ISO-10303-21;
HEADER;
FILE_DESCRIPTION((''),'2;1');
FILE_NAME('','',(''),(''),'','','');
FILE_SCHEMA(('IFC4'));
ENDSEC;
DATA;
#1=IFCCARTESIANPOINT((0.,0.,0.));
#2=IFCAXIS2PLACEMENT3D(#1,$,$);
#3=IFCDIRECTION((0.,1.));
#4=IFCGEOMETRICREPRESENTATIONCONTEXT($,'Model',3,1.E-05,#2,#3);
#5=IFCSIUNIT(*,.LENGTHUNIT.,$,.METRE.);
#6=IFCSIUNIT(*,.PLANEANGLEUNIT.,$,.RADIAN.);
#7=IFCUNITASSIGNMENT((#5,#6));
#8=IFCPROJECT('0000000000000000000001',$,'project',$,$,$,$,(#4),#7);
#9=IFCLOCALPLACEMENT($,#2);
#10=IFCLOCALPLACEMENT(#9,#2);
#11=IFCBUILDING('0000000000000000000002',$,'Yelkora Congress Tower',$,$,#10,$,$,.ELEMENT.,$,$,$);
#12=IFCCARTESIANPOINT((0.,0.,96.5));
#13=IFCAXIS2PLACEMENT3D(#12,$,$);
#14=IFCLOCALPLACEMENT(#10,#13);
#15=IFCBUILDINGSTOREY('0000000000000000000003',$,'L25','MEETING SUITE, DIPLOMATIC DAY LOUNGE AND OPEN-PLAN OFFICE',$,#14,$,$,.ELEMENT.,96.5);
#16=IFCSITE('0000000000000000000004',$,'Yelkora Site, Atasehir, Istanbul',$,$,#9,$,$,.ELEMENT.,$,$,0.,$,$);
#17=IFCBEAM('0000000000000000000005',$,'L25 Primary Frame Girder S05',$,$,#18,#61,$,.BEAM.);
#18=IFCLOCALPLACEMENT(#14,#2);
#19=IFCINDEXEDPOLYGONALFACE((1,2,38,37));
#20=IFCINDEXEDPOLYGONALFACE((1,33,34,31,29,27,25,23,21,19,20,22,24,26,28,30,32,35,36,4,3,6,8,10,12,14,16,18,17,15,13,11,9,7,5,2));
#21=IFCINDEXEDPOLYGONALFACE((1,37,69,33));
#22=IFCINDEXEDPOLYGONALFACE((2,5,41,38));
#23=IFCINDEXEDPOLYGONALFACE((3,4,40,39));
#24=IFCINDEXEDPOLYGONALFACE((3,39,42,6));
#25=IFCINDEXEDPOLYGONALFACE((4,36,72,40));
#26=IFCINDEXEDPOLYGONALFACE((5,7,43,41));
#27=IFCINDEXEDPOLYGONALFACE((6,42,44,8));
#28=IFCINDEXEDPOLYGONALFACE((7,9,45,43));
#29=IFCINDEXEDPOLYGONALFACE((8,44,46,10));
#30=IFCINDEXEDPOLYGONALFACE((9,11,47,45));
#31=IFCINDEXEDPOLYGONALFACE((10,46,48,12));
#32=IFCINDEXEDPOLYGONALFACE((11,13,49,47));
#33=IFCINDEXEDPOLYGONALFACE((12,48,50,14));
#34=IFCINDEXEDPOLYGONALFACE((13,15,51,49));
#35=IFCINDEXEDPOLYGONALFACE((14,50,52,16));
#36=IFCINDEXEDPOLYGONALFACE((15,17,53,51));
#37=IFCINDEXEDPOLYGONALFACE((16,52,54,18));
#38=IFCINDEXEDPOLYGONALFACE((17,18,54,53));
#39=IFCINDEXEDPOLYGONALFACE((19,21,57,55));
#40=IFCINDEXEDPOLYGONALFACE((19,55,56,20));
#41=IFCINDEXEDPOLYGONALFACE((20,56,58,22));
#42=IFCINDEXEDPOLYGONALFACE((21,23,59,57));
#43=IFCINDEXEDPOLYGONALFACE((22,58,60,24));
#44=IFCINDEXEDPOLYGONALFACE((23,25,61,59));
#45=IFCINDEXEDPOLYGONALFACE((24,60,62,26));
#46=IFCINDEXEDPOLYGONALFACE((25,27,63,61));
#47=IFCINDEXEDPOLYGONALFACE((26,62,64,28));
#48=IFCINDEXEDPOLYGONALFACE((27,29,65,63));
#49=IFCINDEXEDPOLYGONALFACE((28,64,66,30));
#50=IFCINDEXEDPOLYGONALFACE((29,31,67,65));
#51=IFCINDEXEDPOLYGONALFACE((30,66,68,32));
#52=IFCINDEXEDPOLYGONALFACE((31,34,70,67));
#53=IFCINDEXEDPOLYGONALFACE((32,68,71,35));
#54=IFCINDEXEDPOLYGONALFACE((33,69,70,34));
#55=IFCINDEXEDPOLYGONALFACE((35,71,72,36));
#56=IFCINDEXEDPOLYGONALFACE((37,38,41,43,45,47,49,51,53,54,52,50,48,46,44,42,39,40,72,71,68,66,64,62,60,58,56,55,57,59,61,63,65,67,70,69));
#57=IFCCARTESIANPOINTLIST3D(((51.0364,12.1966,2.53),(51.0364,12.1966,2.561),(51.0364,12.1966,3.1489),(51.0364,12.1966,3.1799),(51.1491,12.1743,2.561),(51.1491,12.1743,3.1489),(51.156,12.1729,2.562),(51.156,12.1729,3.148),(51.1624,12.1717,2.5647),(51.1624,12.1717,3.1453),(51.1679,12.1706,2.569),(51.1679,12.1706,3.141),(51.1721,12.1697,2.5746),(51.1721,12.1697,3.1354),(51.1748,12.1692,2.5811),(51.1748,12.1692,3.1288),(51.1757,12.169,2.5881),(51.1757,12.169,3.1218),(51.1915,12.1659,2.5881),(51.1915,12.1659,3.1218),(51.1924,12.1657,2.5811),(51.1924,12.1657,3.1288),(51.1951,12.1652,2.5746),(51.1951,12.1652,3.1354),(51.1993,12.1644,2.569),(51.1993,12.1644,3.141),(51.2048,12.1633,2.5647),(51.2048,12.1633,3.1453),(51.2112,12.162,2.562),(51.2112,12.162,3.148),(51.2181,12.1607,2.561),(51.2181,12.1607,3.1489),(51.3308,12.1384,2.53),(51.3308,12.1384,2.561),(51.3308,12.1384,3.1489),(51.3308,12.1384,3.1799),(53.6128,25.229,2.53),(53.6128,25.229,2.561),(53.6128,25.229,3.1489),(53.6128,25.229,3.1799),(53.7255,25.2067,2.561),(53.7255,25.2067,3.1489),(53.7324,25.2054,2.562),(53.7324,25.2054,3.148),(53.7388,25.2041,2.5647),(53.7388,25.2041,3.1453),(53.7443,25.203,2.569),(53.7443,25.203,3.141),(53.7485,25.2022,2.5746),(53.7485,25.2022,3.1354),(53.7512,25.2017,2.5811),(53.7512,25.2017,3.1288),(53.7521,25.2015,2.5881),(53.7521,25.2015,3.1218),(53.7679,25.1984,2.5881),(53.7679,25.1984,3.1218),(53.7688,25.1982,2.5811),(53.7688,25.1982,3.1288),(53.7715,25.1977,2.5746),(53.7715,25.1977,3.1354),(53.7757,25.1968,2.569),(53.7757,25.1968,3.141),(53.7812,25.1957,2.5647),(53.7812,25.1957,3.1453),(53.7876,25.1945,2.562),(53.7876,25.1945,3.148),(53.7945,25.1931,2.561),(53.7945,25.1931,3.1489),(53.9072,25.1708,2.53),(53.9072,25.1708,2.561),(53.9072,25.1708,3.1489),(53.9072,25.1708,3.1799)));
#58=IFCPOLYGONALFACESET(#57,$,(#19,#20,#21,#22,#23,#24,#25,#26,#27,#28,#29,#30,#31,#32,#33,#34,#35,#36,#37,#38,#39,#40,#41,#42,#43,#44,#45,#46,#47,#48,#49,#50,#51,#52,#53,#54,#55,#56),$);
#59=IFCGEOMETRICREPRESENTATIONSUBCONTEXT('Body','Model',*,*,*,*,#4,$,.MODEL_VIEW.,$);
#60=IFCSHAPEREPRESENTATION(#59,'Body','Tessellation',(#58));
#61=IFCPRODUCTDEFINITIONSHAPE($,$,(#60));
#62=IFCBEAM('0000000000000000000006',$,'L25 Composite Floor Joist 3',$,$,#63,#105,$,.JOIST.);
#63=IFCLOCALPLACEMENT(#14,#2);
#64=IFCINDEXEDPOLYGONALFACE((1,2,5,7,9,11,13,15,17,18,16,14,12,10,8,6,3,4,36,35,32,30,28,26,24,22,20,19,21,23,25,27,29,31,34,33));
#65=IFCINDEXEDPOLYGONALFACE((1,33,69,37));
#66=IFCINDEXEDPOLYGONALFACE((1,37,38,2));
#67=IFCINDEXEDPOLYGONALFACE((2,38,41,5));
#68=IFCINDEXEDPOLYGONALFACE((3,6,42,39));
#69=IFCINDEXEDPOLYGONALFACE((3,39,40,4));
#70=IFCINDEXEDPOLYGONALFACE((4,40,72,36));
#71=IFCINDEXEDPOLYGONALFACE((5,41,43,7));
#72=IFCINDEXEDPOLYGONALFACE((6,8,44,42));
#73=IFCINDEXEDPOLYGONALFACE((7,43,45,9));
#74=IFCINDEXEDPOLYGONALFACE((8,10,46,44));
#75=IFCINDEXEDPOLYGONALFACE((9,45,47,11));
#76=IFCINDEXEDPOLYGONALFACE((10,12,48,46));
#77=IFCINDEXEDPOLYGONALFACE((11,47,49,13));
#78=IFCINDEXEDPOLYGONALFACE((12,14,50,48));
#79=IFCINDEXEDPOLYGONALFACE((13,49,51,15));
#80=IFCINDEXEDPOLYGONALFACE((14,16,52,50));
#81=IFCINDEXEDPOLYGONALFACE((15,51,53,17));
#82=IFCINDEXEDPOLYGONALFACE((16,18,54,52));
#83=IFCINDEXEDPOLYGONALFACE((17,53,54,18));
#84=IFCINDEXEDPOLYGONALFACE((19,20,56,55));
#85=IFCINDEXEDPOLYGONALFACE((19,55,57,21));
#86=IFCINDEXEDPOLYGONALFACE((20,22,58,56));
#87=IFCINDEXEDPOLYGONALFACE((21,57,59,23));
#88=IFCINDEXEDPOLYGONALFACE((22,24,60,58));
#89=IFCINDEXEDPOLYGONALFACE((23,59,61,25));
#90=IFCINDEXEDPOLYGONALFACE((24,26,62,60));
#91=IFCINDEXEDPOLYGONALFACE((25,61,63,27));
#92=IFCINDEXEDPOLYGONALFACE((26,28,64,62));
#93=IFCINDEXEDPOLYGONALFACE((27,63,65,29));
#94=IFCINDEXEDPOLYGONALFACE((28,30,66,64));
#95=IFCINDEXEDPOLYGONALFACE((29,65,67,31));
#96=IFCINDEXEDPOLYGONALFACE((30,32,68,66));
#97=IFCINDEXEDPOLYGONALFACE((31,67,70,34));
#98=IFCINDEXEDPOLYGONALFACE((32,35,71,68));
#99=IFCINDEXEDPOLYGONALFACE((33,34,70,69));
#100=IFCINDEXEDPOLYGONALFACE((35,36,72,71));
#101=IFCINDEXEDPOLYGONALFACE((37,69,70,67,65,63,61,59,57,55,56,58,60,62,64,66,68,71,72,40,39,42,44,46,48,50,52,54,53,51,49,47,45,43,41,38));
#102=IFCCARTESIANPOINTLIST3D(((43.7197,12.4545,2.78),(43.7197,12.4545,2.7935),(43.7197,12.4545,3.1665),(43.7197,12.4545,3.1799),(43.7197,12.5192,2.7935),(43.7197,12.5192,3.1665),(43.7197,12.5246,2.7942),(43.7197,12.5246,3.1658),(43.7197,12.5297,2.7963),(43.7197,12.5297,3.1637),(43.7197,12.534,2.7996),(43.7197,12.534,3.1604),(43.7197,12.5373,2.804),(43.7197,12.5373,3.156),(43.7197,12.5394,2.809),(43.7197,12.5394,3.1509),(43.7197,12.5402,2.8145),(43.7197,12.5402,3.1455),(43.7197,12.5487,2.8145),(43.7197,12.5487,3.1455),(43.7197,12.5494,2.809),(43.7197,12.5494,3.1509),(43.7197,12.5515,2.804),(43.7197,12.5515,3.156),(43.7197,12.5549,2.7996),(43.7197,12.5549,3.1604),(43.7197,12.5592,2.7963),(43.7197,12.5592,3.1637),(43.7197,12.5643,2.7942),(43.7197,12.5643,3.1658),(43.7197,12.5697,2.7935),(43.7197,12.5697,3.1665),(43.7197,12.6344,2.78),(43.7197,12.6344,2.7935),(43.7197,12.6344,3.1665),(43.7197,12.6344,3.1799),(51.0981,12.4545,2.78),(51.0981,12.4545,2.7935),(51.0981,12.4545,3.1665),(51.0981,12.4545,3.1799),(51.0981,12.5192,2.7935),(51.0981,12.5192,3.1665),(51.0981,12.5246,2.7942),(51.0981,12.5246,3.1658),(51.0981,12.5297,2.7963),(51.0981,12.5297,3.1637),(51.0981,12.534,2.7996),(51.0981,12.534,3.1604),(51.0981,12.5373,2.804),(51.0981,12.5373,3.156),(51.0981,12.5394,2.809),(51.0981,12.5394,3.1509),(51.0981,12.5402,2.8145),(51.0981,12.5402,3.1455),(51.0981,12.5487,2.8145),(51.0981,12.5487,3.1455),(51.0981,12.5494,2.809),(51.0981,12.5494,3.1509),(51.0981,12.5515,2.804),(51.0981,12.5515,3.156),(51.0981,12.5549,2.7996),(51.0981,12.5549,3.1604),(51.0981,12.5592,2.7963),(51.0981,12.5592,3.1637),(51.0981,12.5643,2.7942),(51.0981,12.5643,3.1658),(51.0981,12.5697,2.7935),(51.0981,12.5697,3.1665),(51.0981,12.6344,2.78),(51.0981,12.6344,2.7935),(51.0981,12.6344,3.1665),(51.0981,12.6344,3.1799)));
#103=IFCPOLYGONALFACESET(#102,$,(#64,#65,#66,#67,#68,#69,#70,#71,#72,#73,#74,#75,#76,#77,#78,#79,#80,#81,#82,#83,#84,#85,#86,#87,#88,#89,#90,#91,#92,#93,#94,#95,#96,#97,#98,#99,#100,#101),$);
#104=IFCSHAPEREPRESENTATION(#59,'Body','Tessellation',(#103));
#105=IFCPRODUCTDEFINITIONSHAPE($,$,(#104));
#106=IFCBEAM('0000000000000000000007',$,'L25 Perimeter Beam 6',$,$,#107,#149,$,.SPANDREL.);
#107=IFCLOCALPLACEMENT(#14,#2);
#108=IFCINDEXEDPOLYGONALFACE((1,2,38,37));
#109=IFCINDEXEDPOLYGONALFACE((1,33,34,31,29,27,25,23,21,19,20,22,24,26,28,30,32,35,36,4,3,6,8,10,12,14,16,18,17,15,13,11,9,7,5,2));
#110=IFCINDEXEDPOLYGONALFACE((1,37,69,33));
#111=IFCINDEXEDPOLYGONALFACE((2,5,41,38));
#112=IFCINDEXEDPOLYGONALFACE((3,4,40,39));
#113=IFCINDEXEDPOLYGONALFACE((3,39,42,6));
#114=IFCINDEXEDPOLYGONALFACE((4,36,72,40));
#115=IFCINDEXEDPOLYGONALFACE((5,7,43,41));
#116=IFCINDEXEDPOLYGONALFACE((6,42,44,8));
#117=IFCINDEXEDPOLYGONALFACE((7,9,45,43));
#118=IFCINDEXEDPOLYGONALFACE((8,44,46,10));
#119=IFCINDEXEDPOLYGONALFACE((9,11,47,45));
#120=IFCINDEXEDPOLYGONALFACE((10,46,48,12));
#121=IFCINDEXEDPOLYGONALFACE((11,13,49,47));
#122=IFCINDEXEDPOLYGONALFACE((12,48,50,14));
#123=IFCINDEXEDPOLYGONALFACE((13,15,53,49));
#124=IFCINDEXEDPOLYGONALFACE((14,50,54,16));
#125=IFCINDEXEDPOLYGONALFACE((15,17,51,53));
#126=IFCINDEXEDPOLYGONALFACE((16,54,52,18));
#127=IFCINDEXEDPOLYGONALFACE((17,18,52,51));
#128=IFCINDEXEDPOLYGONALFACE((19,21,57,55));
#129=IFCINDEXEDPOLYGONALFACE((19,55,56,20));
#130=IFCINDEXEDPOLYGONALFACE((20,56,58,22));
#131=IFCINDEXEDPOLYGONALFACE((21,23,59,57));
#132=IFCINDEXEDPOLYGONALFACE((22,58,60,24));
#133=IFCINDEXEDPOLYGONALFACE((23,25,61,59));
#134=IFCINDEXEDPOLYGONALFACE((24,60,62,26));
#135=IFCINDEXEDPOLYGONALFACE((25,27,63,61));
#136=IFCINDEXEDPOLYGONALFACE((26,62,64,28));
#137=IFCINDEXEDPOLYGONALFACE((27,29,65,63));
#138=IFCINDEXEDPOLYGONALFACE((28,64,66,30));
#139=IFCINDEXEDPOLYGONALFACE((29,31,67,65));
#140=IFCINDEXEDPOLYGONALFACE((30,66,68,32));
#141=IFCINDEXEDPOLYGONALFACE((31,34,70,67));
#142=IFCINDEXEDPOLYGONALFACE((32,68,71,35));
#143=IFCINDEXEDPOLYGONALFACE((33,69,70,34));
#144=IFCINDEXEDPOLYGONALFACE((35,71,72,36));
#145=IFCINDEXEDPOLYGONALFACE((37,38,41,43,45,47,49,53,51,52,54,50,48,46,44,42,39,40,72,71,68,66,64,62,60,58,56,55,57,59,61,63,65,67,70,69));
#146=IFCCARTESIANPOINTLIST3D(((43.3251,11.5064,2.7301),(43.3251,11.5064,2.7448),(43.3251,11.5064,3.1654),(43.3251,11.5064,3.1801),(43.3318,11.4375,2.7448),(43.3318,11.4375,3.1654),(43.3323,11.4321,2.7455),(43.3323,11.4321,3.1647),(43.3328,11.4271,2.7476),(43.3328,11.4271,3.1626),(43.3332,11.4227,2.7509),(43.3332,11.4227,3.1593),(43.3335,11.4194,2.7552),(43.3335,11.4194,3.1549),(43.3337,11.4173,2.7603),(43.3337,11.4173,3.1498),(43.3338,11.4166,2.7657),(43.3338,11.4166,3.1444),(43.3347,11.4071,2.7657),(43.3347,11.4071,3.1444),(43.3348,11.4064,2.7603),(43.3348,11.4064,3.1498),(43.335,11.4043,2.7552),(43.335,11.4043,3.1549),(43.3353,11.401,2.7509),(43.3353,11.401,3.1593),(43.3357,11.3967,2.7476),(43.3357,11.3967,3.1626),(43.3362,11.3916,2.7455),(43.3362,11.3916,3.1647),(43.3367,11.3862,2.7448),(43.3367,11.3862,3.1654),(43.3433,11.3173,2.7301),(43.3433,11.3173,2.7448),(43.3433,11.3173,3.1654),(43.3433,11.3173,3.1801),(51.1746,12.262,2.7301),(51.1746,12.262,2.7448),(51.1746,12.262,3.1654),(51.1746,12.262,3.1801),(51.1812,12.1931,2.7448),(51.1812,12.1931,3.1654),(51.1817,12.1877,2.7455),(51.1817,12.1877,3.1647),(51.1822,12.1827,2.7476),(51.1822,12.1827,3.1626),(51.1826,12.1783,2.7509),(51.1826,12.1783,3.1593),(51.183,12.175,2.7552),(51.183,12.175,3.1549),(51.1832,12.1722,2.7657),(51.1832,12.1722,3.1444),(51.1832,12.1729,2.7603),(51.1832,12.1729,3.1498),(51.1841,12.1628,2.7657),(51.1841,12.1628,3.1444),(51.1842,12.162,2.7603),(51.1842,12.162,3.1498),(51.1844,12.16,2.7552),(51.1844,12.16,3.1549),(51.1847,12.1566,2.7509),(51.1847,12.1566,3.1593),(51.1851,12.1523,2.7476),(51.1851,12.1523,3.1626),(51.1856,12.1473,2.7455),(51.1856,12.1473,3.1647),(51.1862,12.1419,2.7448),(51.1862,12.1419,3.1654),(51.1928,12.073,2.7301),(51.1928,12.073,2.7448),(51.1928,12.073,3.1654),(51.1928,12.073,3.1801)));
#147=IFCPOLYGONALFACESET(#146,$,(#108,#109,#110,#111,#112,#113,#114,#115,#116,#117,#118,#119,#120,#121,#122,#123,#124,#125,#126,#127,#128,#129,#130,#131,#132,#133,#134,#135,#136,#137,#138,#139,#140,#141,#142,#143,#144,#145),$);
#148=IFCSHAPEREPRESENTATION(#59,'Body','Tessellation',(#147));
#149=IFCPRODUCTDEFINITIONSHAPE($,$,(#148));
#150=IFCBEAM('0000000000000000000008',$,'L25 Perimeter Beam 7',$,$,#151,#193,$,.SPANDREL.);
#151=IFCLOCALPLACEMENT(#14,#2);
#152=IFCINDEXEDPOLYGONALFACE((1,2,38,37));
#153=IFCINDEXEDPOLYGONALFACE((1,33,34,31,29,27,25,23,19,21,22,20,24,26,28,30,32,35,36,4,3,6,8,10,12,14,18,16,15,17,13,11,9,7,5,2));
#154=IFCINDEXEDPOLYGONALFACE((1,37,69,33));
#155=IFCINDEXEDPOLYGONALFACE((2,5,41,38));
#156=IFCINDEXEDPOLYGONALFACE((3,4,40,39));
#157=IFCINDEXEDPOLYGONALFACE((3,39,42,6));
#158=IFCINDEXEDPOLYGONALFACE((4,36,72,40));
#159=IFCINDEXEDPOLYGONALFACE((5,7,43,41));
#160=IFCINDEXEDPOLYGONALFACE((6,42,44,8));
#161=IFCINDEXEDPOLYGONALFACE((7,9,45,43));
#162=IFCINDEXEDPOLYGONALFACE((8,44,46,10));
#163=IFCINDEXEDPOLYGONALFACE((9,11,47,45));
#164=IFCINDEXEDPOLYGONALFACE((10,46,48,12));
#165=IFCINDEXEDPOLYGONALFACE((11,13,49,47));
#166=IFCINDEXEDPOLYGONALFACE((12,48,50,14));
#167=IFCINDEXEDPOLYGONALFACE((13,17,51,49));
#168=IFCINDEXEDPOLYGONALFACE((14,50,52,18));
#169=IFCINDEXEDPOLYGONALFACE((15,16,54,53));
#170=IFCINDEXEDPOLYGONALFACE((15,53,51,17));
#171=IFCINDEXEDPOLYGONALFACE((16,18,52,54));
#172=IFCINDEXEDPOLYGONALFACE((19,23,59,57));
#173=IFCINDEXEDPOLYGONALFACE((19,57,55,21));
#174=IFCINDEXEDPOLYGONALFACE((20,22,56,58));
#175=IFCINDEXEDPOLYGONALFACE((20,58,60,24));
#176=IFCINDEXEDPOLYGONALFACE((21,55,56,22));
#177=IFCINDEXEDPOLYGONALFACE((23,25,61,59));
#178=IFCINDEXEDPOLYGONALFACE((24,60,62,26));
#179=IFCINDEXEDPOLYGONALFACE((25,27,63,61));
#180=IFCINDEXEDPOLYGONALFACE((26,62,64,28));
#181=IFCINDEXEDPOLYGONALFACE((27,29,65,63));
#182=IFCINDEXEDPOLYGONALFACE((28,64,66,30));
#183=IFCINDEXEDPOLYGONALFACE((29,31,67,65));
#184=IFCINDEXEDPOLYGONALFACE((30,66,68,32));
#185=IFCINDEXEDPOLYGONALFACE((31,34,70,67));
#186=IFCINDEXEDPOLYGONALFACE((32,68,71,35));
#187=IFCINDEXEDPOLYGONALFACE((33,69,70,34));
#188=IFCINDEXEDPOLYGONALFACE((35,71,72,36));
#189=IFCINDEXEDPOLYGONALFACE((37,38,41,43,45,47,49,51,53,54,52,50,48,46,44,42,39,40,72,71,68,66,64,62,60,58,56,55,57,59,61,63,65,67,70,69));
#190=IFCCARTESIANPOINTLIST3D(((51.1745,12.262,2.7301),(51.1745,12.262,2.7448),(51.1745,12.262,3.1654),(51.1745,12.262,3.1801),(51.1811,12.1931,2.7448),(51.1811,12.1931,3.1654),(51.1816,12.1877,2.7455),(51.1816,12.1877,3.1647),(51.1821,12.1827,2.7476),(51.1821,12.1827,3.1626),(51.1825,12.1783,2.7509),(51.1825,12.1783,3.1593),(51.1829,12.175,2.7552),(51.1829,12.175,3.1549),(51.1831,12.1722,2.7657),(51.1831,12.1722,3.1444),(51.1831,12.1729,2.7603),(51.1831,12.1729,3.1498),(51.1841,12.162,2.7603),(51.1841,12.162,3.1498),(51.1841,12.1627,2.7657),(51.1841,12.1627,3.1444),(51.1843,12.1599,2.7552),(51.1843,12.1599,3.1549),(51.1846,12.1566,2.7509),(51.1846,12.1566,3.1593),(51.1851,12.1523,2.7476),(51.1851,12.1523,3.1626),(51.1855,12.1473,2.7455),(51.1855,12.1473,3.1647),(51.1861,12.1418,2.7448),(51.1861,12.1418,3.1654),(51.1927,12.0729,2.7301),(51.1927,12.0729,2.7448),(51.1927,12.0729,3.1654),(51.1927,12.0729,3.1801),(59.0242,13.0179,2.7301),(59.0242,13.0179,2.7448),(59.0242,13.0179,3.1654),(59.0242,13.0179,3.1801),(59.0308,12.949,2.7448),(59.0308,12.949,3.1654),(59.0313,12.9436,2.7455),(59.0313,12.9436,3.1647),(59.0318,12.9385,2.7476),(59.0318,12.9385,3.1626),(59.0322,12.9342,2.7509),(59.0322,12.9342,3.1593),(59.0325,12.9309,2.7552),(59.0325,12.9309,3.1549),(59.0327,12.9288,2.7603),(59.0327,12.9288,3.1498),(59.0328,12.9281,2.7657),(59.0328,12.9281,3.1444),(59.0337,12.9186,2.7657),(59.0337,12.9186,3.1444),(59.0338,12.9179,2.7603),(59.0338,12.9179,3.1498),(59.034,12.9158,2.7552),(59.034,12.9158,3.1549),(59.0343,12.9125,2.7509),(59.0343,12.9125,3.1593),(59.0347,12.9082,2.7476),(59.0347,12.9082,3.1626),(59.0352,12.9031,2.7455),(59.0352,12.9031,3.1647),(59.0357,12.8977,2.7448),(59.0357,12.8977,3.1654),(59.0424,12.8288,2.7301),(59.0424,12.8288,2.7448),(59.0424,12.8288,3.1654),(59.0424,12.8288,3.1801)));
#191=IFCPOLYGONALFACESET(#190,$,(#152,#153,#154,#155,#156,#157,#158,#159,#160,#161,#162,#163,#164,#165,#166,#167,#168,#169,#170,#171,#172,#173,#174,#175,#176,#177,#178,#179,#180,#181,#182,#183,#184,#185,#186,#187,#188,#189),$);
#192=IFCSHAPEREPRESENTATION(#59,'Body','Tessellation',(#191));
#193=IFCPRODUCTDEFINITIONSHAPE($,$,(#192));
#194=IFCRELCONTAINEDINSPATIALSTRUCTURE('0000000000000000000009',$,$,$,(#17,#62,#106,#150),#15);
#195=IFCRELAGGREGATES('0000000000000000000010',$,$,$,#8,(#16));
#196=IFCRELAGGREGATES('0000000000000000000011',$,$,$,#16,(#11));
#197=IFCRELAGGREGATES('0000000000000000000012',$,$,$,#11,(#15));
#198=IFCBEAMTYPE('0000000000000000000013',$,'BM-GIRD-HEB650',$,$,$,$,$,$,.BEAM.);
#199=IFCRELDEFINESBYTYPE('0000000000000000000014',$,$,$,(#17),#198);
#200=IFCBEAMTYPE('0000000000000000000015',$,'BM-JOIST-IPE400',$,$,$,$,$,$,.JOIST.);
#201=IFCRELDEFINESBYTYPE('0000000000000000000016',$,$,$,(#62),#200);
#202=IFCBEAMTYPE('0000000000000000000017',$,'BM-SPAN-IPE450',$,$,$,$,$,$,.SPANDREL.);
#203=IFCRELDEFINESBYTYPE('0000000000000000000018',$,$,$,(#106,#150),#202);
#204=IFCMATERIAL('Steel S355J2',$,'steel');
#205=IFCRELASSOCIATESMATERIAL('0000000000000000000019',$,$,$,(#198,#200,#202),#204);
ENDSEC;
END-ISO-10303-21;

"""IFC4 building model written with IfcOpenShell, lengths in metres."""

from ifc_helpers import new_model, si_unit, direction, frame, origin, origin_2d, place, context, subcontext, project, spatial, i_section, extrude, material, material_profile, profile_set, type_object, element, save


model = new_model("IFC4")

# Units and contexts
model_context = context("Model", 3, precision=1e-05, world=origin(), true_north=direction((0.0, 1.0)))
body_context = subcontext(model_context, "Body", "Model", "MODEL_VIEW")
ifc_project = project(units=[si_unit("LENGTHUNIT", "METRE"), si_unit("PLANEANGLEUNIT", "RADIAN")], contexts=[model_context])

# Site, building, storey
site_placement = place(None, origin())
site = spatial("IfcSite", under=ifc_project, at=site_placement, Name="Yelkora Site, Atasehir, Istanbul", CompositionType="ELEMENT", RefElevation=0.0)
building_placement = place(site_placement, origin())
building = spatial("IfcBuilding", under=site, at=building_placement, Name="Yelkora Congress Tower", CompositionType="ELEMENT")
storey_placement = place(building_placement, frame((0.0, 0.0, 96.5)))
storey = spatial("IfcBuildingStorey", under=building, at=storey_placement, Name="L25", Description="MEETING SUITE, DIPLOMATIC DAY LOUNGE AND OPEN-PLAN OFFICE", CompositionType="ELEMENT", Elevation=96.5)

# Beams
ifc_material_1 = material(Name="Steel S355J2", Category="steel")
ifc_material_profile_1 = material_profile(ifc_material_1, i_section(OverallWidth=0.3, OverallDepth=0.6499, WebThickness=0.0161, FlangeThickness=0.031, FilletRadius=0.0271, at=origin_2d()), Name="HEB 650")
ifc_profile_set_1 = profile_set([ifc_material_profile_1], Name="Steel S355J2")
beam_type_1 = type_object("IfcBeamType", Name="BM-GIRD-HEB650", PredefinedType="BEAM", material=ifc_profile_set_1)
beam_1_placement = place(storey_placement, frame((51.1836, 12.1675, 2.855), z_axis=(0.193939, 0.981014, 0.0), x_axis=(-0.981014, 0.193939, 0.0)))
element("IfcBeam", 1, at=beam_1_placement, inside=storey, type_object=beam_type_1, Name="L25 Primary Frame Girder S05", PredefinedType="BEAM", context=body_context, shape_type="SweptSolid", body=[
    extrude(i_section(OverallWidth=0.3, OverallDepth=0.6499, WebThickness=0.0161, FlangeThickness=0.031, FilletRadius=0.0271, at=origin_2d()), origin(), (0.0, 0.0, 1.0), 13.2847),
])
ifc_material_profile_2 = material_profile(ifc_material_1, i_section(OverallWidth=0.1799, OverallDepth=0.3999, WebThickness=0.0085, FlangeThickness=0.0134, FilletRadius=0.021, at=origin_2d()), Name="IPE 400")
ifc_profile_set_2 = profile_set([ifc_material_profile_2], Name="Steel S355J2")
beam_type_2 = type_object("IfcBeamType", Name="BM-JOIST-IPE400", PredefinedType="JOIST", material=ifc_profile_set_2)
beam_2_placement = place(storey_placement, frame((43.7197, 12.5444, 2.98), z_axis=(1.0, 0.0, 0.0), x_axis=(0.0, 1.0, 0.0)))
element("IfcBeam", 2, at=beam_2_placement, inside=storey, type_object=beam_type_2, Name="L25 Composite Floor Joist 3", PredefinedType="JOIST", context=body_context, shape_type="SweptSolid", body=[
    extrude(i_section(OverallWidth=0.1799, OverallDepth=0.3999, WebThickness=0.0085, FlangeThickness=0.0134, FilletRadius=0.021, at=origin_2d()), origin(), (0.0, 0.0, 1.0), 7.3784),
])
ifc_material_profile_3 = material_profile(ifc_material_1, i_section(OverallWidth=0.1899, OverallDepth=0.45, WebThickness=0.0095, FlangeThickness=0.0146, FilletRadius=0.021, at=origin_2d()), Name="IPE 450")
ifc_profile_set_3 = profile_set([ifc_material_profile_3], Name="Steel S355J2")
beam_type_3 = type_object("IfcBeamType", Name="BM-SPAN-IPE450", PredefinedType="SPANDREL", material=ifc_profile_set_3)
beam_3_placement = place(storey_placement, frame((43.3342, 11.4119, 2.9551), z_axis=(0.995399, 0.095822, 0.0), x_axis=(-0.095822, 0.995399, 0.0)))
element("IfcBeam", 3, at=beam_3_placement, inside=storey, type_object=beam_type_3, Name="L25 Perimeter Beam 6", PredefinedType="SPANDREL", context=body_context, shape_type="SweptSolid", body=[
    extrude(i_section(OverallWidth=0.1899, OverallDepth=0.45, WebThickness=0.0095, FlangeThickness=0.0146, FilletRadius=0.021, at=origin_2d()), origin(), (0.0, 0.0, 1.0), 7.8857),
])
beam_4_placement = place(storey_placement, frame((51.1836, 12.1675, 2.9551), z_axis=(0.995396, 0.095849, 0.0), x_axis=(-0.095849, 0.995396, 0.0)))
element("IfcBeam", 4, at=beam_4_placement, inside=storey, type_object=beam_type_3, Name="L25 Perimeter Beam 7", PredefinedType="SPANDREL", context=body_context, shape_type="SweptSolid", body=[
    extrude(i_section(OverallWidth=0.1899, OverallDepth=0.45, WebThickness=0.0095, FlangeThickness=0.0146, FilletRadius=0.021, at=origin_2d()), origin(), (0.0, 0.0, 1.0), 7.886),
])

save(model, "model.ifc")
